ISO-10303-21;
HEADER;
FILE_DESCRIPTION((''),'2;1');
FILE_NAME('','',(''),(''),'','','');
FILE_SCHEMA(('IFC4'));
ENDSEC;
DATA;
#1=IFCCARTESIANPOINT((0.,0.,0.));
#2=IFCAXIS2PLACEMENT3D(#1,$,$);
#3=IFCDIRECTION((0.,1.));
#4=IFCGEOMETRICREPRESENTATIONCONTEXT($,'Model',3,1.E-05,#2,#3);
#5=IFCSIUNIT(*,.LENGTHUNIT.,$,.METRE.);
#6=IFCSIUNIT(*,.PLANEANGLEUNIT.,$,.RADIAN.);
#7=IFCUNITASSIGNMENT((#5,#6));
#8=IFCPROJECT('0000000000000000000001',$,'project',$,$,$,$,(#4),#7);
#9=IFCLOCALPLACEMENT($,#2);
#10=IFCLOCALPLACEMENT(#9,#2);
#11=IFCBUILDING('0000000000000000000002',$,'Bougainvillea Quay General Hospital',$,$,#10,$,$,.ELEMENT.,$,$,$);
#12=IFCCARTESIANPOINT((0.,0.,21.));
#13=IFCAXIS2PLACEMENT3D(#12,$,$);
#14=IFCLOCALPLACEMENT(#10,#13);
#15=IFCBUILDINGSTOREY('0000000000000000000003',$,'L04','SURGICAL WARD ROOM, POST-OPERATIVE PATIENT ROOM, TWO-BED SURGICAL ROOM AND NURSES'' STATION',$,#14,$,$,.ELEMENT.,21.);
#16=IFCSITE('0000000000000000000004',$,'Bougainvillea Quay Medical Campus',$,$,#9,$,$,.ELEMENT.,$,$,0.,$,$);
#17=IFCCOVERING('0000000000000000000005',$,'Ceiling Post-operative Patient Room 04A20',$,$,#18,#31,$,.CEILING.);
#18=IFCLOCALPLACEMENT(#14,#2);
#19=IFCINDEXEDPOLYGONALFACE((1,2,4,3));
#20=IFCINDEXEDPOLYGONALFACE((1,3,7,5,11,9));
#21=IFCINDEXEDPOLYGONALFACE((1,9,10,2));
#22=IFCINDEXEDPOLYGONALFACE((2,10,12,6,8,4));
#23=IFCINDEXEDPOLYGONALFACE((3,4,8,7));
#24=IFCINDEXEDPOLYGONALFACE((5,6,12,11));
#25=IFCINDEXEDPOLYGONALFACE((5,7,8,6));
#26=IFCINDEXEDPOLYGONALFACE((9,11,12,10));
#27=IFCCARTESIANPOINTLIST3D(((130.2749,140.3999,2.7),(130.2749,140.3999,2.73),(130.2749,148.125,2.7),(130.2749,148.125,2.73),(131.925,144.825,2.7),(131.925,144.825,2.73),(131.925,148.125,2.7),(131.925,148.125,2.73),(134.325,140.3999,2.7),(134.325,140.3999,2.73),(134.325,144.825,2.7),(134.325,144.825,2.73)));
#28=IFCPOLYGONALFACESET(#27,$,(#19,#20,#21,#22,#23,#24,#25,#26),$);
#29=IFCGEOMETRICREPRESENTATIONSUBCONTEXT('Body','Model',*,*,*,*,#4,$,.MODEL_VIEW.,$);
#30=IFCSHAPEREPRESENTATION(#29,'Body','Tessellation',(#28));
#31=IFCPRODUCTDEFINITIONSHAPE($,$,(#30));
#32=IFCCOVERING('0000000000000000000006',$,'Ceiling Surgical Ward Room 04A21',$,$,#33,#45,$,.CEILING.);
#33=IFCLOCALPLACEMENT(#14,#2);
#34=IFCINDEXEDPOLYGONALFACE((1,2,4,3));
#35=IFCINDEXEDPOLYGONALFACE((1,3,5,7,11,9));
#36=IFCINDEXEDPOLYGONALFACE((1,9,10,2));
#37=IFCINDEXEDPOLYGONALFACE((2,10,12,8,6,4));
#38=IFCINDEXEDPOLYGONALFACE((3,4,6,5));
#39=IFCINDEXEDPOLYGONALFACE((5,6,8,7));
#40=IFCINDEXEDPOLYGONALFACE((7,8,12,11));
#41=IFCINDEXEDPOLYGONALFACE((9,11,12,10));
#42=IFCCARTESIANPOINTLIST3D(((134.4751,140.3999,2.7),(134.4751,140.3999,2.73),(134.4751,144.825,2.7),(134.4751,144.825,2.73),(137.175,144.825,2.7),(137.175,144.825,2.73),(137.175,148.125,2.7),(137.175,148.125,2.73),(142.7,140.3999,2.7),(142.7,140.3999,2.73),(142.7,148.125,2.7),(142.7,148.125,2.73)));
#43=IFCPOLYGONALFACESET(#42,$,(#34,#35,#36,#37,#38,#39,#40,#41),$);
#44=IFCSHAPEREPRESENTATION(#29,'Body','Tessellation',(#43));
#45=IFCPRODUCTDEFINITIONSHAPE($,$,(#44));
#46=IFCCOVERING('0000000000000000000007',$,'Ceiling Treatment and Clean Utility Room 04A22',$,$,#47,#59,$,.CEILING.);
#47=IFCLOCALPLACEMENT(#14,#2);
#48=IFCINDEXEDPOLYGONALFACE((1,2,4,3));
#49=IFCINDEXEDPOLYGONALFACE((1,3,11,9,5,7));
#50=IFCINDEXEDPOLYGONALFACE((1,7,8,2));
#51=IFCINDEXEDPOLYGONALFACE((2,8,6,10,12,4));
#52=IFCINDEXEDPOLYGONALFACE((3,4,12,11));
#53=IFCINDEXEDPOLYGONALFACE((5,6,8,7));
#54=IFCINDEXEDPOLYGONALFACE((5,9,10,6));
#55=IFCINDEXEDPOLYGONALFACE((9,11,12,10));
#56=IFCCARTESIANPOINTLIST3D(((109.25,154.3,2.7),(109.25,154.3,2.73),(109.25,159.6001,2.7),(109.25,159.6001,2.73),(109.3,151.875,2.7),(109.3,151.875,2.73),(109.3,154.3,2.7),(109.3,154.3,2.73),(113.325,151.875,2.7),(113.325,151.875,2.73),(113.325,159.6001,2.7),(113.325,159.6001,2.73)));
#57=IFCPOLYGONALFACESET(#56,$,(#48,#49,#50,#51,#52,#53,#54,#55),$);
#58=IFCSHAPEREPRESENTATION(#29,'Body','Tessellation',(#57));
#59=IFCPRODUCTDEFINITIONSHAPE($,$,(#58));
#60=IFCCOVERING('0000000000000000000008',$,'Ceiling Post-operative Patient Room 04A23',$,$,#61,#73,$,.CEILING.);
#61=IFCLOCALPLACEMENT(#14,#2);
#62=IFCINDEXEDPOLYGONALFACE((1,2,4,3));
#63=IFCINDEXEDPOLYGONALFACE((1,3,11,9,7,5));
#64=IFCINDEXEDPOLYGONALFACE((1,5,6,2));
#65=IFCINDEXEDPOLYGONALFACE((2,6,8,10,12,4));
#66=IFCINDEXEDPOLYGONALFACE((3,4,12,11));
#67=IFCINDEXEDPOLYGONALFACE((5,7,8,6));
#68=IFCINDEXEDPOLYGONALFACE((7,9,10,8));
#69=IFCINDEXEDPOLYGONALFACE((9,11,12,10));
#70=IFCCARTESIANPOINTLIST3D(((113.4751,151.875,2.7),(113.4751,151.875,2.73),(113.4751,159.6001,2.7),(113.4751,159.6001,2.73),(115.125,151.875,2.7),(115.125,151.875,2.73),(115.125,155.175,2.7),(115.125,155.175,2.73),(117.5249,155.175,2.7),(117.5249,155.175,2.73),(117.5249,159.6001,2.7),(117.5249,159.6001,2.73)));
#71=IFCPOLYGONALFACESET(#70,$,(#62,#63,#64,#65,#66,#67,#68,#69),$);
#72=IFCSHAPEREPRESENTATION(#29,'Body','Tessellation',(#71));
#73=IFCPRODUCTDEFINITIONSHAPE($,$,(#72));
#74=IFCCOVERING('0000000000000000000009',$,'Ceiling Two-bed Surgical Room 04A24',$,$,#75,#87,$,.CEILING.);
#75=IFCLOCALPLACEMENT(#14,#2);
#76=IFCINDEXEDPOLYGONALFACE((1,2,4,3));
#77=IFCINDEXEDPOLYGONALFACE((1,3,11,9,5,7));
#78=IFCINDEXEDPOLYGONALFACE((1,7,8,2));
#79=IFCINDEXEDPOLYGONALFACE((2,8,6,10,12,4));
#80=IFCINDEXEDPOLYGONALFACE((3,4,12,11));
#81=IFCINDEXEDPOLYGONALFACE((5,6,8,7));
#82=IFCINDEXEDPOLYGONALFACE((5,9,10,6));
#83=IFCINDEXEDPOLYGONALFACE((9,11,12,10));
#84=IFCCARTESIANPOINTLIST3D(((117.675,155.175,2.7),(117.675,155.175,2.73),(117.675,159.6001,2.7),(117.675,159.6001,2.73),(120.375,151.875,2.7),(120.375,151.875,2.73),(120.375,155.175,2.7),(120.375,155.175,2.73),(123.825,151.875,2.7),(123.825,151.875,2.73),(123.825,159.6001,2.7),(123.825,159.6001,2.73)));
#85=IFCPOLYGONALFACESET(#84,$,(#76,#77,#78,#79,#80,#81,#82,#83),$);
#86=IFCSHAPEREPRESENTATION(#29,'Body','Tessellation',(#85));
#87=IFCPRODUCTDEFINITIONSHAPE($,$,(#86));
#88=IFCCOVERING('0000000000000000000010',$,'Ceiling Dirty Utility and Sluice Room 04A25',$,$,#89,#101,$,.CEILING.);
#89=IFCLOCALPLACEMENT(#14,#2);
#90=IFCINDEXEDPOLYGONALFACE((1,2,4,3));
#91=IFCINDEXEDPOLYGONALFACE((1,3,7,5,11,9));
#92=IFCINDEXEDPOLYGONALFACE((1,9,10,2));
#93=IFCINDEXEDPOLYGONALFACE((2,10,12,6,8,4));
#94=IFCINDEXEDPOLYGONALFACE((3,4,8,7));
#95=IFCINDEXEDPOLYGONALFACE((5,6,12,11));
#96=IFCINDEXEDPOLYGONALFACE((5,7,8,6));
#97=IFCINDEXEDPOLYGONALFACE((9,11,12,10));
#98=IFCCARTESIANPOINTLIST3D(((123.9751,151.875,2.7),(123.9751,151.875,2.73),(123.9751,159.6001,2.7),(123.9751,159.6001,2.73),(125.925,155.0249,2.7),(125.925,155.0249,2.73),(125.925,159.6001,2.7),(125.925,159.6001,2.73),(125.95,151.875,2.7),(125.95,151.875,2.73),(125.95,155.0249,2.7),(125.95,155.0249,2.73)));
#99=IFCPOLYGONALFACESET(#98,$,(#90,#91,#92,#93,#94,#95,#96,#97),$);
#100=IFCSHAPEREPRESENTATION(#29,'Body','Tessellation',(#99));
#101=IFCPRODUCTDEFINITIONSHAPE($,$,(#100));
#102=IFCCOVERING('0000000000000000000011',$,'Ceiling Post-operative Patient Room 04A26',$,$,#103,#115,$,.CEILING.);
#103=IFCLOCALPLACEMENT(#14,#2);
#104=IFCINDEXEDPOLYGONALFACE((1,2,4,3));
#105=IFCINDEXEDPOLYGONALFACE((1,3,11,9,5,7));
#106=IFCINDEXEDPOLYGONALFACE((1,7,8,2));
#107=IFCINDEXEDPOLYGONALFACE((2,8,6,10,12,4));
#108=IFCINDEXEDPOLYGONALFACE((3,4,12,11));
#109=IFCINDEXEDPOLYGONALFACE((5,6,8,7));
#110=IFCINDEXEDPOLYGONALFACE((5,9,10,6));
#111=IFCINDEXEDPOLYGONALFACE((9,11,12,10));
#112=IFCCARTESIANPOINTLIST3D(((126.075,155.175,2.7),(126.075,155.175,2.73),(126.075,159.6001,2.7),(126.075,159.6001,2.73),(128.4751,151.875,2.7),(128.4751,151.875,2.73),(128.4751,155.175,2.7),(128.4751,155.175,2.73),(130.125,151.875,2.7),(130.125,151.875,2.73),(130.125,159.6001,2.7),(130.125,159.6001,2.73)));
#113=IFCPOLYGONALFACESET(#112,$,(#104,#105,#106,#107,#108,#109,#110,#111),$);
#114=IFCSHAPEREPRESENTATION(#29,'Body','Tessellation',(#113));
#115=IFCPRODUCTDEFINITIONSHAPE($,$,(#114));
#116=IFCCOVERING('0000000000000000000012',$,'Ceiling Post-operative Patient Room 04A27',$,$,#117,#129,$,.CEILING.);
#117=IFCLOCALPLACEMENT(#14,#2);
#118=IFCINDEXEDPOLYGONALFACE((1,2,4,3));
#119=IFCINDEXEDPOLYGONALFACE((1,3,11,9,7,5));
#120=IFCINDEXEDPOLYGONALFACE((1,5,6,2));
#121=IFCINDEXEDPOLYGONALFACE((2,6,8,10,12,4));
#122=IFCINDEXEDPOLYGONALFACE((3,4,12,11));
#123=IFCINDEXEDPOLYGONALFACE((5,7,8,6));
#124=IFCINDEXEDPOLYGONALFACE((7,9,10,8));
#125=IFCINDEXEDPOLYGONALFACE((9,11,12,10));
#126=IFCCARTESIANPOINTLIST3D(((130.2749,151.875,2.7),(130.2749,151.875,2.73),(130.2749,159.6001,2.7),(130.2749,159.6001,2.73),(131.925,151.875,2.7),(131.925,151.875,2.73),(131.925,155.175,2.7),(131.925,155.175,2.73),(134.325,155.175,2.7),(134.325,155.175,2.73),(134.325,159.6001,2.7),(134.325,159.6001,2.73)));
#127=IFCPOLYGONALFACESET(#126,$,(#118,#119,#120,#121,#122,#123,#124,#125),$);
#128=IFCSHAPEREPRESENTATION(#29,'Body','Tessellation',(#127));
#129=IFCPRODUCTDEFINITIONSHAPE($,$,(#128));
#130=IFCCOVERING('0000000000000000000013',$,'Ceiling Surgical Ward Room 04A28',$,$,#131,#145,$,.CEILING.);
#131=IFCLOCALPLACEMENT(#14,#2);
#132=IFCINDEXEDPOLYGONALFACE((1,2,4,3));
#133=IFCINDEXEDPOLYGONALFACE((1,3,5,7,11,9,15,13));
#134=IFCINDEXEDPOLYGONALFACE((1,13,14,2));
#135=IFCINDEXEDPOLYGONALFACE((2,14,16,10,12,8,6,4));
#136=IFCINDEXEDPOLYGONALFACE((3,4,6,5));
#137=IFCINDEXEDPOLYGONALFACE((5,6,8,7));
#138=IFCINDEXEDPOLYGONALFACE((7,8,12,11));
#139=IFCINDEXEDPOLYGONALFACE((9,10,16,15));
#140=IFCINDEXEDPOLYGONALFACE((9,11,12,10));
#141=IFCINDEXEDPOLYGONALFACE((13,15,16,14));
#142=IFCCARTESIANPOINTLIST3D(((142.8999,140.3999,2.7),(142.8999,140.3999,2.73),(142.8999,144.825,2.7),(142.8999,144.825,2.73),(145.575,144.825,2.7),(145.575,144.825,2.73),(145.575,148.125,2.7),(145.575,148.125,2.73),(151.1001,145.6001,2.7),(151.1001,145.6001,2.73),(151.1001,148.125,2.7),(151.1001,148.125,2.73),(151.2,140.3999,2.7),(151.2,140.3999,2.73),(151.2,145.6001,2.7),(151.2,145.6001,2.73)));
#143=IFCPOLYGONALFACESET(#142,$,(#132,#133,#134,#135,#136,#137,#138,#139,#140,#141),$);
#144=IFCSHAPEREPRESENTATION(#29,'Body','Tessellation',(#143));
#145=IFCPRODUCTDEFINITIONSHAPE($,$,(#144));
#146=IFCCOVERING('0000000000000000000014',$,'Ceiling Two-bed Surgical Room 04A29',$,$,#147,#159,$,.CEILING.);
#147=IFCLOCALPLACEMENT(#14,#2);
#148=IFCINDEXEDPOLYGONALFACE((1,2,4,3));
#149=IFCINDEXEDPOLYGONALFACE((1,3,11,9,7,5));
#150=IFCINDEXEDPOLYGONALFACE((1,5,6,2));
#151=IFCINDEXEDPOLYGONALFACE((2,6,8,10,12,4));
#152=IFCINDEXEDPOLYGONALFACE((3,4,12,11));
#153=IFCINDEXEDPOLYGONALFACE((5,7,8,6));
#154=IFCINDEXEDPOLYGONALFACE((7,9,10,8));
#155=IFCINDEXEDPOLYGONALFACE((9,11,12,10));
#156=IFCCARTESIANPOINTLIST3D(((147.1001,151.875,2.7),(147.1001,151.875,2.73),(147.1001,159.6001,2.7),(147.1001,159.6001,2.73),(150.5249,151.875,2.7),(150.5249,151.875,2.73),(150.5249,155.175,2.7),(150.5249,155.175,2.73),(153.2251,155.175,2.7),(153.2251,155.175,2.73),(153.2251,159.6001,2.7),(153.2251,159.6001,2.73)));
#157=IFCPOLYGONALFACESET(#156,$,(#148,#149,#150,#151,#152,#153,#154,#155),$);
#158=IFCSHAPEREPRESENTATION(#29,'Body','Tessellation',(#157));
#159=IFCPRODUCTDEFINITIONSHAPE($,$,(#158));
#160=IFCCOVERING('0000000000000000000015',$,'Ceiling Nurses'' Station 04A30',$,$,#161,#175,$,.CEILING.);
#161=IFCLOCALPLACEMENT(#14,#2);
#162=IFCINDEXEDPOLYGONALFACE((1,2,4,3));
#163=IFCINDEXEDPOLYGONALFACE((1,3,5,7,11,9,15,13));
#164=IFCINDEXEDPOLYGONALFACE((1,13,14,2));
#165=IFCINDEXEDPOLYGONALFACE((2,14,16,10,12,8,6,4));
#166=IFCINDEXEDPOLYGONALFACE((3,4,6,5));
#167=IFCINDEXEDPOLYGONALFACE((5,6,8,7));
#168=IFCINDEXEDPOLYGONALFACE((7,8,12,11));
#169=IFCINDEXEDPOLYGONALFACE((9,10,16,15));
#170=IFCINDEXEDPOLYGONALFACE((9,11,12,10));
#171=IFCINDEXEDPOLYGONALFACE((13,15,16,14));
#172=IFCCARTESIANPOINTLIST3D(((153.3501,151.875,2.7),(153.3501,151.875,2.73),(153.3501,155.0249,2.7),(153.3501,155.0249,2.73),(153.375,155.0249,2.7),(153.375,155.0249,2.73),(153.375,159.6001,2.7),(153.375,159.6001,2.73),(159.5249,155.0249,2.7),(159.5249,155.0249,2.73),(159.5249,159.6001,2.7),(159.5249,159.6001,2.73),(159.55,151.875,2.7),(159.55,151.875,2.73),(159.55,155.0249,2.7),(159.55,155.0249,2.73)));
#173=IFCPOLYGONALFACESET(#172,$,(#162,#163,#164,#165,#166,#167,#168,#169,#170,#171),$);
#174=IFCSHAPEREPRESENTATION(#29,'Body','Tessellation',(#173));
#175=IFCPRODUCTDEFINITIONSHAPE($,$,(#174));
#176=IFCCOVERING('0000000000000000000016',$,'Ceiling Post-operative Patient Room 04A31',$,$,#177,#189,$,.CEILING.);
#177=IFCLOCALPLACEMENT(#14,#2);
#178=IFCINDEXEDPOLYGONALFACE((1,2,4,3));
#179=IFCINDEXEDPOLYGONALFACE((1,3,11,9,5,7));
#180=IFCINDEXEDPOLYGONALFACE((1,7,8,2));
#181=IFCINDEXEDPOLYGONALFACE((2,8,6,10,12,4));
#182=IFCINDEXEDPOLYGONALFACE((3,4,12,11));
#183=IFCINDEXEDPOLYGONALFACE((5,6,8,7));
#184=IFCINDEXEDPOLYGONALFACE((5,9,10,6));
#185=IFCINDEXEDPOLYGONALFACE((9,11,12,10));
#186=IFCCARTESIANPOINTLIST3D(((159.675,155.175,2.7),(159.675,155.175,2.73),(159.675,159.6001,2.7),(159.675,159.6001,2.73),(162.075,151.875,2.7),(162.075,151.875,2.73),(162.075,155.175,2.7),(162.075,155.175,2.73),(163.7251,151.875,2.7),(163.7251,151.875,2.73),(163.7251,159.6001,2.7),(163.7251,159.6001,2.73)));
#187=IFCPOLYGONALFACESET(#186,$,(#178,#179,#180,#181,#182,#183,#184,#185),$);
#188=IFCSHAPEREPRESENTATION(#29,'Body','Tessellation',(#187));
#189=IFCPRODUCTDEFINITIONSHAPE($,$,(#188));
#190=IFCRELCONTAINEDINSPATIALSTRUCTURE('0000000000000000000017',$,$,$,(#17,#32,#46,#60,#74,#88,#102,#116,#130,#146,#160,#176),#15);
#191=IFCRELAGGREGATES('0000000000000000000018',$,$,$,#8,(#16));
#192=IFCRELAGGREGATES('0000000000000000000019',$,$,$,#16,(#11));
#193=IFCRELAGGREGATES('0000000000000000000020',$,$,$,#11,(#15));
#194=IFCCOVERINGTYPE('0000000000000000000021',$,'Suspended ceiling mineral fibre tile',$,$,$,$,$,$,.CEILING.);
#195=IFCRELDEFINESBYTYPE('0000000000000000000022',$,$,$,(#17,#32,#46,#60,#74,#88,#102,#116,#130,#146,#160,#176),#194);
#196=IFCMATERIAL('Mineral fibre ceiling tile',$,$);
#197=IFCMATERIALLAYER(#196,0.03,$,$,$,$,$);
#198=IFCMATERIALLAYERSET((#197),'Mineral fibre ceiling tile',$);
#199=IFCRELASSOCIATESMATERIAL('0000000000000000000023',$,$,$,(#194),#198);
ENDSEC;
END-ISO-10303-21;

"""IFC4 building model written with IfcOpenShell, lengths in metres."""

from ifc_helpers import new_model, si_unit, direction, frame, origin, place, context, subcontext, project, spatial, polyline, outline, extrude, material, layer, layer_set, type_object, element, save


model = new_model("IFC4")

# Units and contexts
model_context = context("Model", 3, precision=1e-05, world=origin(), true_north=direction((0.0, 1.0)))
body_context = subcontext(model_context, "Body", "Model", "MODEL_VIEW")
ifc_project = project(units=[si_unit("LENGTHUNIT", "METRE"), si_unit("PLANEANGLEUNIT", "RADIAN")], contexts=[model_context])

# Site, building, storey
site_placement = place(None, origin())
site = spatial("IfcSite", under=ifc_project, at=site_placement, Name="Bougainvillea Quay Medical Campus", CompositionType="ELEMENT", RefElevation=0.0)
building_placement = place(site_placement, origin())
building = spatial("IfcBuilding", under=site, at=building_placement, Name="Bougainvillea Quay General Hospital", CompositionType="ELEMENT")
storey_placement = place(building_placement, frame((0.0, 0.0, 21.0)))
storey = spatial("IfcBuildingStorey", under=building, at=storey_placement, Name="L04", Description="SURGICAL WARD ROOM, POST-OPERATIVE PATIENT ROOM, TWO-BED SURGICAL ROOM AND NURSES' STATION", CompositionType="ELEMENT", Elevation=21.0)

# Coverings
ifc_material = material(Name="Mineral fibre ceiling tile")
ifc_layer = layer(ifc_material, 0.03)
ifc_layer_set = layer_set([ifc_layer], Name="Mineral fibre ceiling tile")
covering_type = type_object("IfcCoveringType", Name="Suspended ceiling mineral fibre tile", PredefinedType="CEILING", material=ifc_layer_set)
covering_1_placement = place(storey_placement, frame((0.0, 0.0, 2.7)))
element("IfcCovering", 1, at=covering_1_placement, inside=storey, type_object=covering_type, Name="Ceiling Post-operative Patient Room 04A20", PredefinedType="CEILING", context=body_context, shape_type="SweptSolid", body=[
    extrude(outline(polyline([(134.325, 140.3999), (134.325, 144.825), (131.925, 144.825), (131.925, 148.125), (130.2749, 148.125), (130.2749, 140.3999), (134.325, 140.3999)])), origin(), (0.0, 0.0, 1.0), 0.03),
])
covering_2_placement = place(storey_placement, frame((0.0, 0.0, 2.7)))
element("IfcCovering", 2, at=covering_2_placement, inside=storey, type_object=covering_type, Name="Ceiling Surgical Ward Room 04A21", PredefinedType="CEILING", context=body_context, shape_type="SweptSolid", body=[
    extrude(outline(polyline([(142.7, 140.3999), (142.7, 148.125), (137.175, 148.125), (137.175, 144.825), (134.4751, 144.825), (134.4751, 140.3999), (142.7, 140.3999)])), origin(), (0.0, 0.0, 1.0), 0.03),
])
covering_3_placement = place(storey_placement, frame((0.0, 0.0, 2.7)))
element("IfcCovering", 3, at=covering_3_placement, inside=storey, type_object=covering_type, Name="Ceiling Treatment and Clean Utility Room 04A22", PredefinedType="CEILING", context=body_context, shape_type="SweptSolid", body=[
    extrude(outline(polyline([(109.25, 159.6001), (109.25, 154.3), (109.3, 154.3), (109.3, 151.875), (113.325, 151.875), (113.325, 159.6001), (109.25, 159.6001)])), origin(), (0.0, 0.0, 1.0), 0.03),
])
covering_4_placement = place(storey_placement, frame((0.0, 0.0, 2.7)))
element("IfcCovering", 4, at=covering_4_placement, inside=storey, type_object=covering_type, Name="Ceiling Post-operative Patient Room 04A23", PredefinedType="CEILING", context=body_context, shape_type="SweptSolid", body=[
    extrude(outline(polyline([(113.4751, 159.6001), (113.4751, 151.875), (115.125, 151.875), (115.125, 155.175), (117.5249, 155.175), (117.5249, 159.6001), (113.4751, 159.6001)])), origin(), (0.0, 0.0, 1.0), 0.03),
])
covering_5_placement = place(storey_placement, frame((0.0, 0.0, 2.7)))
element("IfcCovering", 5, at=covering_5_placement, inside=storey, type_object=covering_type, Name="Ceiling Two-bed Surgical Room 04A24", PredefinedType="CEILING", context=body_context, shape_type="SweptSolid", body=[
    extrude(outline(polyline([(117.675, 159.6001), (117.675, 155.175), (120.375, 155.175), (120.375, 151.875), (123.825, 151.875), (123.825, 159.6001), (117.675, 159.6001)])), origin(), (0.0, 0.0, 1.0), 0.03),
])
covering_6_placement = place(storey_placement, frame((0.0, 0.0, 2.7)))
element("IfcCovering", 6, at=covering_6_placement, inside=storey, type_object=covering_type, Name="Ceiling Dirty Utility and Sluice Room 04A25", PredefinedType="CEILING", context=body_context, shape_type="SweptSolid", body=[
    extrude(outline(polyline([(123.9751, 159.6001), (123.9751, 151.875), (125.95, 151.875), (125.95, 155.0249), (125.925, 155.0249), (125.925, 159.6001), (123.9751, 159.6001)])), origin(), (0.0, 0.0, 1.0), 0.03),
])
covering_7_placement = place(storey_placement, frame((0.0, 0.0, 2.7)))
element("IfcCovering", 7, at=covering_7_placement, inside=storey, type_object=covering_type, Name="Ceiling Post-operative Patient Room 04A26", PredefinedType="CEILING", context=body_context, shape_type="SweptSolid", body=[
    extrude(outline(polyline([(126.075, 159.6001), (126.075, 155.175), (128.4751, 155.175), (128.4751, 151.875), (130.125, 151.875), (130.125, 159.6001), (126.075, 159.6001)])), origin(), (0.0, 0.0, 1.0), 0.03),
])
covering_8_placement = place(storey_placement, frame((0.0, 0.0, 2.7)))
element("IfcCovering", 8, at=covering_8_placement, inside=storey, type_object=covering_type, Name="Ceiling Post-operative Patient Room 04A27", PredefinedType="CEILING", context=body_context, shape_type="SweptSolid", body=[
    extrude(outline(polyline([(130.2749, 159.6001), (130.2749, 151.875), (131.925, 151.875), (131.925, 155.175), (134.325, 155.175), (134.325, 159.6001), (130.2749, 159.6001)])), origin(), (0.0, 0.0, 1.0), 0.03),
])
covering_9_placement = place(storey_placement, frame((0.0, 0.0, 2.7)))
element("IfcCovering", 9, at=covering_9_placement, inside=storey, type_object=covering_type, Name="Ceiling Surgical Ward Room 04A28", PredefinedType="CEILING", context=body_context, shape_type="SweptSolid", body=[
    extrude(outline(polyline([(151.2, 145.6001), (151.1001, 145.6001), (151.1001, 148.125), (145.575, 148.125), (145.575, 144.825), (142.8999, 144.825), (142.8999, 140.3999), (151.2, 140.3999), (151.2, 145.6001)])), origin(), (0.0, 0.0, 1.0), 0.03),
])
covering_10_placement = place(storey_placement, frame((0.0, 0.0, 2.7)))
element("IfcCovering", 10, at=covering_10_placement, inside=storey, type_object=covering_type, Name="Ceiling Two-bed Surgical Room 04A29", PredefinedType="CEILING", context=body_context, shape_type="SweptSolid", body=[
    extrude(outline(polyline([(147.1001, 159.6001), (147.1001, 151.875), (150.5249, 151.875), (150.5249, 155.175), (153.2251, 155.175), (153.2251, 159.6001), (147.1001, 159.6001)])), origin(), (0.0, 0.0, 1.0), 0.03),
])
covering_11_placement = place(storey_placement, frame((0.0, 0.0, 2.7)))
element("IfcCovering", 11, at=covering_11_placement, inside=storey, type_object=covering_type, Name="Ceiling Nurses' Station 04A30", PredefinedType="CEILING", context=body_context, shape_type="SweptSolid", body=[
    extrude(outline(polyline([(153.375, 159.6001), (153.375, 155.0249), (153.3501, 155.0249), (153.3501, 151.875), (159.55, 151.875), (159.55, 155.0249), (159.5249, 155.0249), (159.5249, 159.6001), (153.375, 159.6001)])), origin(), (0.0, 0.0, 1.0), 0.03),
])
covering_12_placement = place(storey_placement, frame((0.0, 0.0, 2.7)))
element("IfcCovering", 12, at=covering_12_placement, inside=storey, type_object=covering_type, Name="Ceiling Post-operative Patient Room 04A31", PredefinedType="CEILING", context=body_context, shape_type="SweptSolid", body=[
    extrude(outline(polyline([(159.675, 159.6001), (159.675, 155.175), (162.075, 155.175), (162.075, 151.875), (163.7251, 151.875), (163.7251, 159.6001), (159.675, 159.6001)])), origin(), (0.0, 0.0, 1.0), 0.03),
])

save(model, "model.ifc")
